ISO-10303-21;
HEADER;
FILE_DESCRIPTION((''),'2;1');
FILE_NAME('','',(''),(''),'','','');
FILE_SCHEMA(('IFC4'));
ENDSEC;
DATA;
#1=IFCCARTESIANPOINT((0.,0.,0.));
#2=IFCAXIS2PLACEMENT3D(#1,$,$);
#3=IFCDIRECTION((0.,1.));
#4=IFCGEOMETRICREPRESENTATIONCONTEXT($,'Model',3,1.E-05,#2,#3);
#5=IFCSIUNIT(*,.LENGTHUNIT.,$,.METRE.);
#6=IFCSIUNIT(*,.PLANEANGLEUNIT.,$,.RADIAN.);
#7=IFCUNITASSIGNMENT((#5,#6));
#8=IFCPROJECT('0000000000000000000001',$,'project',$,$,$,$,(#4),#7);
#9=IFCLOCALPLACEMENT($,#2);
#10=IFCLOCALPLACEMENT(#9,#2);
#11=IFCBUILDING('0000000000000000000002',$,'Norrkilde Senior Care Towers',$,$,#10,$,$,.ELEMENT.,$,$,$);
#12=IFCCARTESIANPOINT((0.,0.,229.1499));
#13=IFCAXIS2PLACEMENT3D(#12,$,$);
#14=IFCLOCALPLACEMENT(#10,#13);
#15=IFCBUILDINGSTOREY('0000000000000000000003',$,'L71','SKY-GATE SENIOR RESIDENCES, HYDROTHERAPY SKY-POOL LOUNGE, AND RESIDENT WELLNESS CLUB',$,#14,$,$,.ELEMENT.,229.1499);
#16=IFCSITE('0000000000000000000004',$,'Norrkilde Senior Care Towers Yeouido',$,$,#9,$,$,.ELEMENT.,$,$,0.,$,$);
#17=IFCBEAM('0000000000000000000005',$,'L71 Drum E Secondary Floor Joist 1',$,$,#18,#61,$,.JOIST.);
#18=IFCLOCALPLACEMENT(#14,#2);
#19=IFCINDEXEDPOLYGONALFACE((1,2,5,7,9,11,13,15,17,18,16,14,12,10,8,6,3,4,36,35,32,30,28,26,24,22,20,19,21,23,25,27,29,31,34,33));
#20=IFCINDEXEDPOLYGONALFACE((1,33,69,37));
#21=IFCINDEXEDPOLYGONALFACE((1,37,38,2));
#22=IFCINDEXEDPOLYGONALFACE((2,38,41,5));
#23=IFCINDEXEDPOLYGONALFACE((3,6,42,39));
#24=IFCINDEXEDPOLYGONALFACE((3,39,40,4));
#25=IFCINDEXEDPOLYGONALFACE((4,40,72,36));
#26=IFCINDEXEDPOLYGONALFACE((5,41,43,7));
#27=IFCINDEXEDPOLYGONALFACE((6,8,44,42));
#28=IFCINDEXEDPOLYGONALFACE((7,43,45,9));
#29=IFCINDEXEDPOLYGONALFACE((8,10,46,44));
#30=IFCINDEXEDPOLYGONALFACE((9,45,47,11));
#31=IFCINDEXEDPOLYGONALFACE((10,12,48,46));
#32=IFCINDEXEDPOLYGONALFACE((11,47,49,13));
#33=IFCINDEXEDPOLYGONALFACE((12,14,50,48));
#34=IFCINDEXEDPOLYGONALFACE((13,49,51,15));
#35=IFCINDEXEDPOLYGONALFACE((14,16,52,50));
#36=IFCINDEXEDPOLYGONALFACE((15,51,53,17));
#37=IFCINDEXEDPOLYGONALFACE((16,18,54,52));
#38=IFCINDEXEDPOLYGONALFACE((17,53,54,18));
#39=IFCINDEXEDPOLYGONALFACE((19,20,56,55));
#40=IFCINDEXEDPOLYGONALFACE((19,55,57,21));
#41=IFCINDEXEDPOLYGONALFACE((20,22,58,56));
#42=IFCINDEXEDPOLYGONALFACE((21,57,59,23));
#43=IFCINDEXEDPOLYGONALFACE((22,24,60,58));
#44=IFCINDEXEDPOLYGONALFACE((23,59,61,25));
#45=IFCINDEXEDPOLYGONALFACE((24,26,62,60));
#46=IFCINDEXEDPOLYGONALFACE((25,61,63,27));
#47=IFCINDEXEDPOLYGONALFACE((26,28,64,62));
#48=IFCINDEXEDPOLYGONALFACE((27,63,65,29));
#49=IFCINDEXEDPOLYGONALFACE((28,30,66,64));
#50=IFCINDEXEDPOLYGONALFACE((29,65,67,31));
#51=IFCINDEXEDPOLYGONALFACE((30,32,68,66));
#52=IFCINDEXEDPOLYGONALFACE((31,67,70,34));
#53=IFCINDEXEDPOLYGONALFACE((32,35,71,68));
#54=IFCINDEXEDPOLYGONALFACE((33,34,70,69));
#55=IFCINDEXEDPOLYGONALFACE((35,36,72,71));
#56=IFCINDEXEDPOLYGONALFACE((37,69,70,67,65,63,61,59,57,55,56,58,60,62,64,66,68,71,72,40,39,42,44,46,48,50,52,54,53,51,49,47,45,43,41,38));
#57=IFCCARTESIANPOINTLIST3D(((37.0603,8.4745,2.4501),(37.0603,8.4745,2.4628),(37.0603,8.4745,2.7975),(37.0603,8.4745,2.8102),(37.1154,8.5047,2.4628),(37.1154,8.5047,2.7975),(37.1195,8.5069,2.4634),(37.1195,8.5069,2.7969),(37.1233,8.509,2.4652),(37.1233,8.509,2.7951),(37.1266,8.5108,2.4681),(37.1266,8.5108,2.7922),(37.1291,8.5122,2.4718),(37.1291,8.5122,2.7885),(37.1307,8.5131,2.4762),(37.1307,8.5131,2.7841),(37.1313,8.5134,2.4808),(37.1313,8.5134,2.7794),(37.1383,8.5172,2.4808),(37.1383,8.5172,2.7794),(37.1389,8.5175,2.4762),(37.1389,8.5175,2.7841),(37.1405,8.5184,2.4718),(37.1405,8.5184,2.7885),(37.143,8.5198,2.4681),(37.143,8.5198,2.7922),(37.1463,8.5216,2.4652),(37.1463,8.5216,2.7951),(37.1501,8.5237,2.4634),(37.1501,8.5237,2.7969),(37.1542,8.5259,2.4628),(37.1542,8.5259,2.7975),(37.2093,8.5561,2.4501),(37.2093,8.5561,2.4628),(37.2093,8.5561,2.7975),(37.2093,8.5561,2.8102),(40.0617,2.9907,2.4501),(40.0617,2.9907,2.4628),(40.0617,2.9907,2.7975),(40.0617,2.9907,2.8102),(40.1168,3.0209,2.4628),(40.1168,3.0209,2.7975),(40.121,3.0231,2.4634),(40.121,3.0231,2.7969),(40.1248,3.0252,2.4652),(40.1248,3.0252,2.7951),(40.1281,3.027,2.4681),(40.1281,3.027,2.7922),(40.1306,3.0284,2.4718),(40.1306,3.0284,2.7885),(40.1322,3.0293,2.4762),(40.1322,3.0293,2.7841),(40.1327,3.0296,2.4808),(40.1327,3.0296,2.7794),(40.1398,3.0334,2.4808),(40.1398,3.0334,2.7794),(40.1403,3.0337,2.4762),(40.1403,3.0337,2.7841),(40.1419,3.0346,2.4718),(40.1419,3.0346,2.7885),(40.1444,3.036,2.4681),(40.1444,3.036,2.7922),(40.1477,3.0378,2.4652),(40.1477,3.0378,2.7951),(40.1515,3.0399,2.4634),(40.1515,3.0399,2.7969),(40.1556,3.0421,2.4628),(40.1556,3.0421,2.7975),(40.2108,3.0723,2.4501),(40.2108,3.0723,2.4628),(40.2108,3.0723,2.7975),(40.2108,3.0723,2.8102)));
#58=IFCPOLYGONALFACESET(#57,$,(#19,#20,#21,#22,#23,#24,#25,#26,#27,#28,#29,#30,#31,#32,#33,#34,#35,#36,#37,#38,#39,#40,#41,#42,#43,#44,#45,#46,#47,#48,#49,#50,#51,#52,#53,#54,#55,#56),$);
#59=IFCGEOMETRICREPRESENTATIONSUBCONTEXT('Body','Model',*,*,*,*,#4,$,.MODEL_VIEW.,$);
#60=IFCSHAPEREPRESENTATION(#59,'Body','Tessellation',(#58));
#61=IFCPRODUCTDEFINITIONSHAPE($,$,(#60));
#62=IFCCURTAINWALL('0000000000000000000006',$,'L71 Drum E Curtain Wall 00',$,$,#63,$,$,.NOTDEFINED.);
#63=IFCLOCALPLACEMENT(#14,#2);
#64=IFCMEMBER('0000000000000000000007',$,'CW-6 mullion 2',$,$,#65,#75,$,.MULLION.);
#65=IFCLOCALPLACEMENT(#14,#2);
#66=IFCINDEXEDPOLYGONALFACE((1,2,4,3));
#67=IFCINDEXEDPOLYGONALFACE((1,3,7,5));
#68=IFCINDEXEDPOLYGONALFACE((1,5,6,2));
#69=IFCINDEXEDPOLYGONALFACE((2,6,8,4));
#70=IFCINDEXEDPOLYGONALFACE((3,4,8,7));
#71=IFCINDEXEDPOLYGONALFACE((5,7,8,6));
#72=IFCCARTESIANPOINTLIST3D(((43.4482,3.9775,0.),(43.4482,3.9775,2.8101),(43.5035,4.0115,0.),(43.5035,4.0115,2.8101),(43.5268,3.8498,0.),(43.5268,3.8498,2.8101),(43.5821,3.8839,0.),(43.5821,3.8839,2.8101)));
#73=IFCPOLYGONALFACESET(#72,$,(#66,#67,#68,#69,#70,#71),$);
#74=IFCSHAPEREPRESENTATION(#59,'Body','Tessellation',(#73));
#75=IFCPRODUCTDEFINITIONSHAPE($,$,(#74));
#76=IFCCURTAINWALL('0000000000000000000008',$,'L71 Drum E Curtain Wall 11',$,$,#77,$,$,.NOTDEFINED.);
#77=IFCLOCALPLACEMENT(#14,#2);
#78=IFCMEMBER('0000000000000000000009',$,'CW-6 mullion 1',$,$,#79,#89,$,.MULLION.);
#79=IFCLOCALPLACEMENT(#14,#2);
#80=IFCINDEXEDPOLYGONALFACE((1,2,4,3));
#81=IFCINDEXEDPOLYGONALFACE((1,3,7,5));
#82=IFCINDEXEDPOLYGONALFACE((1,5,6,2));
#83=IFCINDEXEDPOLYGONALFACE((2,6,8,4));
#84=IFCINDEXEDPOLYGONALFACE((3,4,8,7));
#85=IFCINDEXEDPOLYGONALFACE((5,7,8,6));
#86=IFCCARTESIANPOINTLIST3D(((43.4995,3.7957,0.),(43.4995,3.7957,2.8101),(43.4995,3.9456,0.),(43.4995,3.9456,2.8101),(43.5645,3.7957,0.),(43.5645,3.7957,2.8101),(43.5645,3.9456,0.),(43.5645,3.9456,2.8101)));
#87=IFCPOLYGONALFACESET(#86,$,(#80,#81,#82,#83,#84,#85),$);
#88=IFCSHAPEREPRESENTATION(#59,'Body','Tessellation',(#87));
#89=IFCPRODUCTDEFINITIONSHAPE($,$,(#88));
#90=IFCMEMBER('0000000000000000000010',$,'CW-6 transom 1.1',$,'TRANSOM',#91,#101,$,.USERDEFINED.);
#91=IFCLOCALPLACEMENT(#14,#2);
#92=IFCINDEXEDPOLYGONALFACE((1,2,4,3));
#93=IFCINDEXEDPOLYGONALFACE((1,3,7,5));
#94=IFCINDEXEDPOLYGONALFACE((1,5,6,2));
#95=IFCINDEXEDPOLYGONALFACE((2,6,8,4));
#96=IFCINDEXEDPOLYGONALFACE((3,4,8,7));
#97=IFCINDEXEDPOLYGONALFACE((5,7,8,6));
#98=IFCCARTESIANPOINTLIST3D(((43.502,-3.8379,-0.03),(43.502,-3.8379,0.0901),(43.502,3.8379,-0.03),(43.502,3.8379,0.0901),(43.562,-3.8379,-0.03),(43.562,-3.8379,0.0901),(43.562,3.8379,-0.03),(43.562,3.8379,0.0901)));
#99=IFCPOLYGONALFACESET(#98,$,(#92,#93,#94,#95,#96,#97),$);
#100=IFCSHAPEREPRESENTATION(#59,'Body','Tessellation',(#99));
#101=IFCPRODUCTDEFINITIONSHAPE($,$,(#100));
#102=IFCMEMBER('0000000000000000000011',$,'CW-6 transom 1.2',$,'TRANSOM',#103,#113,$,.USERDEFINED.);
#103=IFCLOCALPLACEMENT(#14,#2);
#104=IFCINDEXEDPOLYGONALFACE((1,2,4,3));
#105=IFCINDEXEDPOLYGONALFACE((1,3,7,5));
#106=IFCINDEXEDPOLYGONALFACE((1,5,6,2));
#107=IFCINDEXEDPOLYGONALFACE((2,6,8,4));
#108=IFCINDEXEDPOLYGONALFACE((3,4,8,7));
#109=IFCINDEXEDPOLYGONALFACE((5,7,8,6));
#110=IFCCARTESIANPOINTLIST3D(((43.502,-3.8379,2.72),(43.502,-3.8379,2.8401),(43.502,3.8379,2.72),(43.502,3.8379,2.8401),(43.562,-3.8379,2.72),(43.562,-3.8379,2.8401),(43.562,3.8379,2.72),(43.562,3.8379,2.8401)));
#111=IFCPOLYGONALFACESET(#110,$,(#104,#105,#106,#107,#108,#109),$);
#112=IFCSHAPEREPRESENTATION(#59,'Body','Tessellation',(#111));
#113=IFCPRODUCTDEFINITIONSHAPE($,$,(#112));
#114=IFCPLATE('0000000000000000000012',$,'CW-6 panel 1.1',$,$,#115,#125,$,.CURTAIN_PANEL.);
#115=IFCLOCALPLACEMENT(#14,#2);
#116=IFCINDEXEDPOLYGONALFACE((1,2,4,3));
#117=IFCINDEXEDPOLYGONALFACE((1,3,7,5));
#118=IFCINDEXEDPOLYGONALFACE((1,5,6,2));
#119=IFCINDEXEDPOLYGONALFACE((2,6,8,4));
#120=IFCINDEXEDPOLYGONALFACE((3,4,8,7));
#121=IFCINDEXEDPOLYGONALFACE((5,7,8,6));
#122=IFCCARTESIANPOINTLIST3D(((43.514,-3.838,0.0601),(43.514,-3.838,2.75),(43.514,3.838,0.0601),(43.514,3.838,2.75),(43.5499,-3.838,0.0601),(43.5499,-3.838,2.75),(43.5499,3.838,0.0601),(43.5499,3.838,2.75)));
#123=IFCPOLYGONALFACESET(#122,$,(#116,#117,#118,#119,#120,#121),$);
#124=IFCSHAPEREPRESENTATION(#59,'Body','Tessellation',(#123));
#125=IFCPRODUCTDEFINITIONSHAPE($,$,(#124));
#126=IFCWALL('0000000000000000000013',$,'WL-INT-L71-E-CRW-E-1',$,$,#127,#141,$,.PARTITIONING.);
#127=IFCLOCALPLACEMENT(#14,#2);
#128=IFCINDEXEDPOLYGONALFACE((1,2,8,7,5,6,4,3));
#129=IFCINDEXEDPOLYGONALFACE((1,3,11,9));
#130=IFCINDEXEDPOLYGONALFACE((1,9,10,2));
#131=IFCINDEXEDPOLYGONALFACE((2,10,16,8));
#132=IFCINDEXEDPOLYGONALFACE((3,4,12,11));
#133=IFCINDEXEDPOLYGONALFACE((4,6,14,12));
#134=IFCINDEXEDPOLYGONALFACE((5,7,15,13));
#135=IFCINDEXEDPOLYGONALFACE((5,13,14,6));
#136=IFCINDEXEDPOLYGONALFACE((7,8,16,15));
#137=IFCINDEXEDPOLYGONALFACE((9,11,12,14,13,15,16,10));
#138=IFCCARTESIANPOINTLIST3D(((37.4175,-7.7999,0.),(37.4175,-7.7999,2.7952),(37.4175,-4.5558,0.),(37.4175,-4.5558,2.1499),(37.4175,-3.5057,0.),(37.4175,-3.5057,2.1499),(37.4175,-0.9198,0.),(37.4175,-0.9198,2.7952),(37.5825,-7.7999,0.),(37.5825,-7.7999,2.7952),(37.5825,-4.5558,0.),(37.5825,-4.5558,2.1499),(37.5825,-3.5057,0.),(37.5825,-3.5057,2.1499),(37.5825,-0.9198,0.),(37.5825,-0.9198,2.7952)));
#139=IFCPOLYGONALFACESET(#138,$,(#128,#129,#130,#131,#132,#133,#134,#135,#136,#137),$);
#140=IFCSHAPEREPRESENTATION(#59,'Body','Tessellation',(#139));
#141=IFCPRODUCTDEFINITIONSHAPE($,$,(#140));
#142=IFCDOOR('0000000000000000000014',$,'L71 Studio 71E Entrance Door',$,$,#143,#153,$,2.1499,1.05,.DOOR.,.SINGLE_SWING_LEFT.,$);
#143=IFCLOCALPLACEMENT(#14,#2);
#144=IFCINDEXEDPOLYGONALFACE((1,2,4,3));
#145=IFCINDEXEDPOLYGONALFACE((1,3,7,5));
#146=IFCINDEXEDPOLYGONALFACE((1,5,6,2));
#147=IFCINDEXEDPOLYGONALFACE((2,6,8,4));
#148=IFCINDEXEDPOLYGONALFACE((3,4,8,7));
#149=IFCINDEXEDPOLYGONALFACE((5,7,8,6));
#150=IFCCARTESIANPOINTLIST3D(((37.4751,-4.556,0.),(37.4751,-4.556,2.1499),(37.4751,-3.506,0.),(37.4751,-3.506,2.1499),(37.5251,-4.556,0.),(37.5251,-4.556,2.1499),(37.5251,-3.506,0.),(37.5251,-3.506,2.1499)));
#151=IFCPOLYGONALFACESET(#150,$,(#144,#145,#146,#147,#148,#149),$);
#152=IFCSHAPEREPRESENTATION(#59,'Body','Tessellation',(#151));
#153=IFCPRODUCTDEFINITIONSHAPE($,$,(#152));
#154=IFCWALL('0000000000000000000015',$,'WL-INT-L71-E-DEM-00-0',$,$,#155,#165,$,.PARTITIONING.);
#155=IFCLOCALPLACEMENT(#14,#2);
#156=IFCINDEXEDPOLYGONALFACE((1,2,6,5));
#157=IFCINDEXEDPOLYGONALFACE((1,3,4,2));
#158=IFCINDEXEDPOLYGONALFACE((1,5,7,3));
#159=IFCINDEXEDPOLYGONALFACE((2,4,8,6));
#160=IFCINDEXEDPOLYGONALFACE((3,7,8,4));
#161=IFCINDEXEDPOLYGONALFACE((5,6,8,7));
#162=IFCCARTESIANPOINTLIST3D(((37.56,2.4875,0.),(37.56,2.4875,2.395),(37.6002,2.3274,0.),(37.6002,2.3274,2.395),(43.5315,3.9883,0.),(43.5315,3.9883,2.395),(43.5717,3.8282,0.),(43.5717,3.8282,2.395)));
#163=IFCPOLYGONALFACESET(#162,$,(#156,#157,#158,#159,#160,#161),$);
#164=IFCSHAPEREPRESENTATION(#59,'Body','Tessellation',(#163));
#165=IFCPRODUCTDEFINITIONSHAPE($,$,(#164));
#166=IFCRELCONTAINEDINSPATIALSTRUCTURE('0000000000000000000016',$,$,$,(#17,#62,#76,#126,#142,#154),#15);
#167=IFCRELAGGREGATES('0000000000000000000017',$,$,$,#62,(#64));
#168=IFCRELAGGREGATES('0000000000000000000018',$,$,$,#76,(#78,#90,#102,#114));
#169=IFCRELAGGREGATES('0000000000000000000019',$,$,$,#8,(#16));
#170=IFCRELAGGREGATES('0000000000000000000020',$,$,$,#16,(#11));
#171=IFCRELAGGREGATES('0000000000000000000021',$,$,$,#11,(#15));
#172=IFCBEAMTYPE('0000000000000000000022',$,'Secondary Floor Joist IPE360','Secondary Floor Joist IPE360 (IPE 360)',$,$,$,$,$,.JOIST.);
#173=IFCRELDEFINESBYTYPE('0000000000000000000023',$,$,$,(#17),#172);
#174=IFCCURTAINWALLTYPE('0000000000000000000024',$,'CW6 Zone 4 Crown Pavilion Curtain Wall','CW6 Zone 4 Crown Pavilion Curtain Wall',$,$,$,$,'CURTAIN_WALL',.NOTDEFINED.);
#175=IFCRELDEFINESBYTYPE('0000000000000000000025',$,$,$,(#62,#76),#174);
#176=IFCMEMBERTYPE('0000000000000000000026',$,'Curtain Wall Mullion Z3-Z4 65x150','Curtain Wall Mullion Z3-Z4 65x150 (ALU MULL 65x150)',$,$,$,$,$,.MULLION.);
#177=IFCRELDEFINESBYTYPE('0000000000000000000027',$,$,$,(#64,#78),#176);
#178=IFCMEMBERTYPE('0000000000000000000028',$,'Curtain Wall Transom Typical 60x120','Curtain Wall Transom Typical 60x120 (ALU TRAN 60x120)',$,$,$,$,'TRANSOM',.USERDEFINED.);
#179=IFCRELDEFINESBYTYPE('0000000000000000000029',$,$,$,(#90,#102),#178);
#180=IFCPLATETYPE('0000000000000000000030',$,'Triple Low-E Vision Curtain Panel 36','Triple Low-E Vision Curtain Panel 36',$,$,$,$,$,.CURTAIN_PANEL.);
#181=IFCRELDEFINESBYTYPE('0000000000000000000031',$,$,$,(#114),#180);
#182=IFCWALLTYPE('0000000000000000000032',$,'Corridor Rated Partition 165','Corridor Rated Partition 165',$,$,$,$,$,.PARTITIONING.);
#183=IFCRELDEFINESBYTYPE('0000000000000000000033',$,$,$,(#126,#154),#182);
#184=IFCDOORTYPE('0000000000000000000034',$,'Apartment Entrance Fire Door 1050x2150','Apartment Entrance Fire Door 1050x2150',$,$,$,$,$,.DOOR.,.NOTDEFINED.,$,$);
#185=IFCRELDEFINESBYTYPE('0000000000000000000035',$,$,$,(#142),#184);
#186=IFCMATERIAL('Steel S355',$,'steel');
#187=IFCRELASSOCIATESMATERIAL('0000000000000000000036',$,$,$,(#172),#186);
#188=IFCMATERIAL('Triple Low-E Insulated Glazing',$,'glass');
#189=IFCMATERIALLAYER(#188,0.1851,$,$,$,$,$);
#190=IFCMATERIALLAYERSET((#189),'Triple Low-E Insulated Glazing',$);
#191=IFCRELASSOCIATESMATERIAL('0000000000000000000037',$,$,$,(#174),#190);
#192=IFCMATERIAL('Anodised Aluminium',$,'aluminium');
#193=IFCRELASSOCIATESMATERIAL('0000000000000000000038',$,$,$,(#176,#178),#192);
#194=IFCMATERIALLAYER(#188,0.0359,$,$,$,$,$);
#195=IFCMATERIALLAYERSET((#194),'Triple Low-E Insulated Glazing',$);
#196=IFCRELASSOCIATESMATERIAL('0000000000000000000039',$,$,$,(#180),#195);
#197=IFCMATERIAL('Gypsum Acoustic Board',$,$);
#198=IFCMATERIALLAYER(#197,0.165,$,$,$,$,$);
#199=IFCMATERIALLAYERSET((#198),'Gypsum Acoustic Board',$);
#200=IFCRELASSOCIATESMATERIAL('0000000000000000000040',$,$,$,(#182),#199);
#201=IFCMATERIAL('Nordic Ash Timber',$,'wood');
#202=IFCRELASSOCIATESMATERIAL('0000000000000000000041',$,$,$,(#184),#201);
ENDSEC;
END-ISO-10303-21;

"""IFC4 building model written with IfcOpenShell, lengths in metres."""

from ifc_helpers import new_model, si_unit, direction, frame, frame_2d, origin, origin_2d, place, context, subcontext, project, spatial, rectangle, i_section, extrude, source, transform, mapped, material, layer, layer_set, material_profile, profile_set, type_object, type_shapes, element, fill, aggregate, save


model = new_model("IFC4")

# Units and contexts
model_context = context("Model", 3, precision=1e-05, world=origin(), true_north=direction((0.0, 1.0)))
body_context = subcontext(model_context, "Body", "Model", "MODEL_VIEW")
ifc_project = project(units=[si_unit("LENGTHUNIT", "METRE"), si_unit("PLANEANGLEUNIT", "RADIAN")], contexts=[model_context])

# Site, building, storey
site_placement = place(None, origin())
site = spatial("IfcSite", under=ifc_project, at=site_placement, Name="Norrkilde Senior Care Towers Yeouido", CompositionType="ELEMENT", RefElevation=0.0)
building_placement = place(site_placement, origin())
building = spatial("IfcBuilding", under=site, at=building_placement, Name="Norrkilde Senior Care Towers", CompositionType="ELEMENT")
storey_placement = place(building_placement, frame((0.0, 0.0, 229.1499)))
storey = spatial("IfcBuildingStorey", under=building, at=storey_placement, Name="L71", Description="SKY-GATE SENIOR RESIDENCES, HYDROTHERAPY SKY-POOL LOUNGE, AND RESIDENT WELLNESS CLUB", CompositionType="ELEMENT", Elevation=229.1499)

# Beam
ifc_material_1 = material(Name="Steel S355", Category="steel")
ifc_material_profile_1 = material_profile(ifc_material_1, i_section(OverallWidth=0.1699, OverallDepth=0.3601, WebThickness=0.0081, FlangeThickness=0.0127, FilletRadius=0.0181, at=origin_2d()), Name="IPE 360")
ifc_profile_set_1 = profile_set([ifc_material_profile_1], Name="Steel S355")
beam_type_1 = type_object("IfcBeamType", Name="Secondary Floor Joist IPE360", Description="Secondary Floor Joist IPE360 (IPE 360)", PredefinedType="JOIST", material=ifc_profile_set_1)
shared_shape_1 = source(origin(), body_context, "Body", "SweptSolid", [
    extrude(i_section(OverallWidth=0.1699, OverallDepth=0.3601, WebThickness=0.0081, FlangeThickness=0.0127, FilletRadius=0.0181, at=origin_2d()), origin(), (0.0, 0.0, 1.0), 6.2515),
])
type_shapes(beam_type_1, [shared_shape_1])
beam_1_placement = place(storey_placement, frame((40.1362, 3.0315, 2.6301), z_axis=(-0.480116, 0.877205, 0.0), x_axis=(-0.877205, -0.480116, 0.0)))
element("IfcBeam", 1, at=beam_1_placement, inside=storey, type_object=beam_type_1, Name="L71 Drum E Secondary Floor Joist 1", PredefinedType="JOIST", context=body_context, shape_type="MappedRepresentation", body=[
    mapped(shared_shape_1, transform((0.0, 0.0, 0.0), x_axis=(1.0, 0.0, 0.0), y_axis=(0.0, 1.0, 0.0), z_axis=(0.0, 0.0, 1.0), scale=1.0)),
])

# Curtain wall, member
ifc_material_2 = material(Name="Triple Low-E Insulated Glazing", Category="glass")
ifc_layer_1 = layer(ifc_material_2, 0.1851)
ifc_layer_set_1 = layer_set([ifc_layer_1], Name="Triple Low-E Insulated Glazing")
curtain_wall_type = type_object("IfcCurtainWallType", Name="CW6 Zone 4 Crown Pavilion Curtain Wall", Description="CW6 Zone 4 Crown Pavilion Curtain Wall", ElementType="CURTAIN_WALL", PredefinedType="NOTDEFINED", material=ifc_layer_set_1)
curtain_wall_1_placement = place(storey_placement, origin())
curtain_wall_1 = element("IfcCurtainWall", 2, at=curtain_wall_1_placement, inside=storey, type_object=curtain_wall_type, Name="L71 Drum E Curtain Wall 00", PredefinedType="NOTDEFINED")
ifc_material_3 = material(Name="Anodised Aluminium", Category="aluminium")
ifc_material_profile_2 = material_profile(ifc_material_3, rectangle(XDim=0.0649, YDim=0.1499, at=origin_2d()), Name="ALU MULL 65x150")
ifc_profile_set_2 = profile_set([ifc_material_profile_2], Name="Anodised Aluminium")
member_type_1 = type_object("IfcMemberType", Name="Curtain Wall Mullion Z3-Z4 65x150", Description="Curtain Wall Mullion Z3-Z4 65x150 (ALU MULL 65x150)", PredefinedType="MULLION", material=ifc_profile_set_2)
shared_shape_2 = source(origin(), body_context, "Body", "SweptSolid", [
    extrude(rectangle(XDim=0.0649, YDim=0.1499, at=origin_2d()), origin(), (0.0, 0.0, 1.0), 2.8101),
])
type_shapes(member_type_1, [shared_shape_2])
member_1_placement = place(storey_placement, frame((43.5151, 3.9307, 0.0), z_axis=(0.0, 0.0, 1.0), x_axis=(0.851563, 0.524253, 0.0)))
member_1 = element("IfcMember", 3, at=member_1_placement, type_object=member_type_1, Name="CW-6 mullion 2", PredefinedType="MULLION", context=body_context, shape_type="MappedRepresentation", body=[
    mapped(shared_shape_2, transform((0.0, 0.0, 0.0), x_axis=(1.0, 0.0, 0.0), y_axis=(0.0, 1.0, 0.0), z_axis=(0.0, 0.0, 1.0), scale=1.0)),
])
aggregate(curtain_wall_1, [member_1])

# Curtain wall, members, plate
curtain_wall_2_placement = place(storey_placement, origin())
curtain_wall_2 = element("IfcCurtainWall", 4, at=curtain_wall_2_placement, inside=storey, type_object=curtain_wall_type, Name="L71 Drum E Curtain Wall 11", PredefinedType="NOTDEFINED")
member_2_placement = place(storey_placement, frame((43.532, 3.8706, 0.0), z_axis=(0.0, 0.0, 1.0), x_axis=(1.0, 0.0, 0.0)))
member_2 = element("IfcMember", 5, at=member_2_placement, type_object=member_type_1, Name="CW-6 mullion 1", PredefinedType="MULLION", context=body_context, shape_type="MappedRepresentation", body=[
    mapped(shared_shape_2, transform((0.0, 0.0, 0.0), x_axis=(1.0, 0.0, 0.0), y_axis=(0.0, 1.0, 0.0), z_axis=(0.0, 0.0, 1.0), scale=1.0)),
])
ifc_material_profile_3 = material_profile(ifc_material_3, rectangle(XDim=0.0601, YDim=0.1201, at=origin_2d()), Name="ALU TRAN 60x120")
ifc_profile_set_3 = profile_set([ifc_material_profile_3], Name="Anodised Aluminium")
member_type_2 = type_object("IfcMemberType", Name="Curtain Wall Transom Typical 60x120", Description="Curtain Wall Transom Typical 60x120 (ALU TRAN 60x120)", ElementType="TRANSOM", PredefinedType="USERDEFINED", material=ifc_profile_set_3)
shared_shape_3 = source(origin(), body_context, "Body", "SweptSolid", [
    extrude(rectangle(XDim=0.0601, YDim=0.1201, at=origin_2d()), origin(), (0.0, 0.0, 1.0), 7.6758),
])
type_shapes(member_type_2, [shared_shape_3])
member_3_placement = place(storey_placement, frame((43.532, 3.8379, 0.03), z_axis=(0.0, -1.0, 0.0), x_axis=(1.0, 0.0, 0.0)))
member_3 = element("IfcMember", 6, at=member_3_placement, type_object=member_type_2, Name="CW-6 transom 1.1", ObjectType="TRANSOM", PredefinedType="USERDEFINED", context=body_context, shape_type="MappedRepresentation", body=[
    mapped(shared_shape_3, transform((0.0, 0.0, 0.0), x_axis=(1.0, 0.0, 0.0), y_axis=(0.0, 1.0, 0.0), z_axis=(0.0, 0.0, 1.0), scale=1.0)),
])
member_4_placement = place(storey_placement, frame((43.532, 3.8379, 2.78), z_axis=(0.0, -1.0, 0.0), x_axis=(1.0, 0.0, 0.0)))
member_4 = element("IfcMember", 7, at=member_4_placement, type_object=member_type_2, Name="CW-6 transom 1.2", ObjectType="TRANSOM", PredefinedType="USERDEFINED", context=body_context, shape_type="MappedRepresentation", body=[
    mapped(shared_shape_3, transform((0.0, 0.0, 0.0), x_axis=(1.0, 0.0, 0.0), y_axis=(0.0, 1.0, 0.0), z_axis=(0.0, 0.0, 1.0), scale=1.0)),
])
ifc_layer_2 = layer(ifc_material_2, 0.0359)
ifc_layer_set_2 = layer_set([ifc_layer_2], Name="Triple Low-E Insulated Glazing")
plate_type = type_object("IfcPlateType", Name="Triple Low-E Vision Curtain Panel 36", Description="Triple Low-E Vision Curtain Panel 36", PredefinedType="CURTAIN_PANEL", material=ifc_layer_set_2)
shared_shape_4 = source(origin(), body_context, "Body", "SweptSolid", [
    extrude(rectangle(XDim=7.676, YDim=0.0359, at=origin_2d()), origin(), (0.0, 0.0, 1.0), 2.6899),
])
type_shapes(plate_type, [shared_shape_4])
plate_placement = place(storey_placement, frame((43.532, 0.0, 0.0601), z_axis=(0.0, 0.0, 1.0), x_axis=(0.0, -1.0, 0.0)))
plate = element("IfcPlate", 8, at=plate_placement, type_object=plate_type, Name="CW-6 panel 1.1", PredefinedType="CURTAIN_PANEL", context=body_context, shape_type="MappedRepresentation", body=[
    mapped(shared_shape_4, transform((0.0, 0.0, 0.0), x_axis=(1.0, 0.0, 0.0), y_axis=(0.0, 1.0, 0.0), z_axis=(0.0, 0.0, 1.0), scale=1.0)),
])
aggregate(curtain_wall_2, [member_2, member_3, member_4, plate])

# Wall, opening, door
ifc_material_4 = material(Name="Gypsum Acoustic Board")
ifc_layer_3 = layer(ifc_material_4, 0.165)
ifc_layer_set_3 = layer_set([ifc_layer_3], Name="Gypsum Acoustic Board")
wall_type = type_object("IfcWallType", Name="Corridor Rated Partition 165", Description="Corridor Rated Partition 165", PredefinedType="PARTITIONING", material=ifc_layer_set_3)
shared_shape_5 = source(origin(), body_context, "Body", "SweptSolid", [
    extrude(rectangle(XDim=6.8801, YDim=0.165, at=frame_2d((3.4399, 0.0))), origin(), (0.0, 0.0, 1.0), 2.7952),
])
wall_1_placement = place(storey_placement, frame((37.5, -0.9199, 0.0), z_axis=(0.0, 0.0, 1.0), x_axis=(0.0, -1.0, 0.0)))
wall_1 = element("IfcWall", 9, at=wall_1_placement, inside=storey, type_object=wall_type, Name="WL-INT-L71-E-CRW-E-1", PredefinedType="PARTITIONING", context=body_context, shape_type="MappedRepresentation", body=[
    mapped(shared_shape_5, transform((0.0, 0.0, 0.0), x_axis=(1.0, 0.0, 0.0), y_axis=(0.0, 1.0, 0.0), z_axis=(0.0, 0.0, 1.0), scale=1.0)),
])
opening_1_placement = place(wall_1_placement, frame((2.5859, 0.0, 0.0)))
opening_1 = element("IfcOpeningElement", 10, at=opening_1_placement, cuts=wall_1, PredefinedType="OPENING", context=body_context, shape_type="SweptSolid", body=[
    extrude(rectangle(XDim=1.05, YDim=2.1499, at=frame_2d((0.5249, 1.075))), frame((0.0, 0.0925, 0.0), z_axis=(0.0, -1.0, 0.0), x_axis=(1.0, 0.0, 0.0)), (0.0, 0.0, 1.0), 0.1851),
])
ifc_material_5 = material(Name="Nordic Ash Timber", Category="wood")
door_type_1 = type_object("IfcDoorType", Name="Apartment Entrance Fire Door 1050x2150", Description="Apartment Entrance Fire Door 1050x2150", OperationType="NOTDEFINED", PredefinedType="DOOR", material=ifc_material_5)
shared_shape_6 = source(origin(), body_context, "Body", "SweptSolid", [
    extrude(rectangle(XDim=1.05, YDim=2.1499, at=frame_2d((0.5249, 1.075))), frame((0.0, 0.0249, 0.0), z_axis=(0.0, -1.0, 0.0), x_axis=(1.0, 0.0, 0.0)), (0.0, 0.0, 1.0), 0.05),
])
type_shapes(door_type_1, [shared_shape_6])
door_1_placement = place(opening_1_placement, frame((1.05, 0.0, 0.0), z_axis=(0.0, 0.0, 1.0), x_axis=(-1.0, 0.0, 0.0)))
door_1 = element("IfcDoor", 11, at=door_1_placement, inside=storey, type_object=door_type_1, Name="L71 Studio 71E Entrance Door", OperationType="SINGLE_SWING_LEFT", OverallHeight=2.1499, OverallWidth=1.05, PredefinedType="DOOR", context=body_context, shape_type="MappedRepresentation", body=[
    mapped(shared_shape_6, transform((0.0, 0.0, 0.0), x_axis=(1.0, 0.0, 0.0), y_axis=(0.0, 1.0, 0.0), z_axis=(0.0, 0.0, 1.0), scale=1.0)),
])
fill(opening_1, door_1)

# Wall
shared_shape_7 = source(origin(), body_context, "Body", "SweptSolid", [
    extrude(rectangle(XDim=6.1572, YDim=0.165, at=frame_2d((3.0786, 0.0))), origin(), (0.0, 0.0, 1.0), 2.395),
])
wall_2_placement = place(storey_placement, frame((37.5801, 2.4075, 0.0), z_axis=(0.0, 0.0, 1.0), x_axis=(0.969841, 0.243739, 0.0)))
element("IfcWall", 12, at=wall_2_placement, inside=storey, type_object=wall_type, Name="WL-INT-L71-E-DEM-00-0", PredefinedType="PARTITIONING", context=body_context, shape_type="MappedRepresentation", body=[
    mapped(shared_shape_7, transform((0.0, 0.0, 0.0), x_axis=(1.0, 0.0, 0.0), y_axis=(0.0, 1.0, 0.0), z_axis=(0.0, 0.0, 1.0), scale=1.0)),
])

save(model, "model.ifc")
